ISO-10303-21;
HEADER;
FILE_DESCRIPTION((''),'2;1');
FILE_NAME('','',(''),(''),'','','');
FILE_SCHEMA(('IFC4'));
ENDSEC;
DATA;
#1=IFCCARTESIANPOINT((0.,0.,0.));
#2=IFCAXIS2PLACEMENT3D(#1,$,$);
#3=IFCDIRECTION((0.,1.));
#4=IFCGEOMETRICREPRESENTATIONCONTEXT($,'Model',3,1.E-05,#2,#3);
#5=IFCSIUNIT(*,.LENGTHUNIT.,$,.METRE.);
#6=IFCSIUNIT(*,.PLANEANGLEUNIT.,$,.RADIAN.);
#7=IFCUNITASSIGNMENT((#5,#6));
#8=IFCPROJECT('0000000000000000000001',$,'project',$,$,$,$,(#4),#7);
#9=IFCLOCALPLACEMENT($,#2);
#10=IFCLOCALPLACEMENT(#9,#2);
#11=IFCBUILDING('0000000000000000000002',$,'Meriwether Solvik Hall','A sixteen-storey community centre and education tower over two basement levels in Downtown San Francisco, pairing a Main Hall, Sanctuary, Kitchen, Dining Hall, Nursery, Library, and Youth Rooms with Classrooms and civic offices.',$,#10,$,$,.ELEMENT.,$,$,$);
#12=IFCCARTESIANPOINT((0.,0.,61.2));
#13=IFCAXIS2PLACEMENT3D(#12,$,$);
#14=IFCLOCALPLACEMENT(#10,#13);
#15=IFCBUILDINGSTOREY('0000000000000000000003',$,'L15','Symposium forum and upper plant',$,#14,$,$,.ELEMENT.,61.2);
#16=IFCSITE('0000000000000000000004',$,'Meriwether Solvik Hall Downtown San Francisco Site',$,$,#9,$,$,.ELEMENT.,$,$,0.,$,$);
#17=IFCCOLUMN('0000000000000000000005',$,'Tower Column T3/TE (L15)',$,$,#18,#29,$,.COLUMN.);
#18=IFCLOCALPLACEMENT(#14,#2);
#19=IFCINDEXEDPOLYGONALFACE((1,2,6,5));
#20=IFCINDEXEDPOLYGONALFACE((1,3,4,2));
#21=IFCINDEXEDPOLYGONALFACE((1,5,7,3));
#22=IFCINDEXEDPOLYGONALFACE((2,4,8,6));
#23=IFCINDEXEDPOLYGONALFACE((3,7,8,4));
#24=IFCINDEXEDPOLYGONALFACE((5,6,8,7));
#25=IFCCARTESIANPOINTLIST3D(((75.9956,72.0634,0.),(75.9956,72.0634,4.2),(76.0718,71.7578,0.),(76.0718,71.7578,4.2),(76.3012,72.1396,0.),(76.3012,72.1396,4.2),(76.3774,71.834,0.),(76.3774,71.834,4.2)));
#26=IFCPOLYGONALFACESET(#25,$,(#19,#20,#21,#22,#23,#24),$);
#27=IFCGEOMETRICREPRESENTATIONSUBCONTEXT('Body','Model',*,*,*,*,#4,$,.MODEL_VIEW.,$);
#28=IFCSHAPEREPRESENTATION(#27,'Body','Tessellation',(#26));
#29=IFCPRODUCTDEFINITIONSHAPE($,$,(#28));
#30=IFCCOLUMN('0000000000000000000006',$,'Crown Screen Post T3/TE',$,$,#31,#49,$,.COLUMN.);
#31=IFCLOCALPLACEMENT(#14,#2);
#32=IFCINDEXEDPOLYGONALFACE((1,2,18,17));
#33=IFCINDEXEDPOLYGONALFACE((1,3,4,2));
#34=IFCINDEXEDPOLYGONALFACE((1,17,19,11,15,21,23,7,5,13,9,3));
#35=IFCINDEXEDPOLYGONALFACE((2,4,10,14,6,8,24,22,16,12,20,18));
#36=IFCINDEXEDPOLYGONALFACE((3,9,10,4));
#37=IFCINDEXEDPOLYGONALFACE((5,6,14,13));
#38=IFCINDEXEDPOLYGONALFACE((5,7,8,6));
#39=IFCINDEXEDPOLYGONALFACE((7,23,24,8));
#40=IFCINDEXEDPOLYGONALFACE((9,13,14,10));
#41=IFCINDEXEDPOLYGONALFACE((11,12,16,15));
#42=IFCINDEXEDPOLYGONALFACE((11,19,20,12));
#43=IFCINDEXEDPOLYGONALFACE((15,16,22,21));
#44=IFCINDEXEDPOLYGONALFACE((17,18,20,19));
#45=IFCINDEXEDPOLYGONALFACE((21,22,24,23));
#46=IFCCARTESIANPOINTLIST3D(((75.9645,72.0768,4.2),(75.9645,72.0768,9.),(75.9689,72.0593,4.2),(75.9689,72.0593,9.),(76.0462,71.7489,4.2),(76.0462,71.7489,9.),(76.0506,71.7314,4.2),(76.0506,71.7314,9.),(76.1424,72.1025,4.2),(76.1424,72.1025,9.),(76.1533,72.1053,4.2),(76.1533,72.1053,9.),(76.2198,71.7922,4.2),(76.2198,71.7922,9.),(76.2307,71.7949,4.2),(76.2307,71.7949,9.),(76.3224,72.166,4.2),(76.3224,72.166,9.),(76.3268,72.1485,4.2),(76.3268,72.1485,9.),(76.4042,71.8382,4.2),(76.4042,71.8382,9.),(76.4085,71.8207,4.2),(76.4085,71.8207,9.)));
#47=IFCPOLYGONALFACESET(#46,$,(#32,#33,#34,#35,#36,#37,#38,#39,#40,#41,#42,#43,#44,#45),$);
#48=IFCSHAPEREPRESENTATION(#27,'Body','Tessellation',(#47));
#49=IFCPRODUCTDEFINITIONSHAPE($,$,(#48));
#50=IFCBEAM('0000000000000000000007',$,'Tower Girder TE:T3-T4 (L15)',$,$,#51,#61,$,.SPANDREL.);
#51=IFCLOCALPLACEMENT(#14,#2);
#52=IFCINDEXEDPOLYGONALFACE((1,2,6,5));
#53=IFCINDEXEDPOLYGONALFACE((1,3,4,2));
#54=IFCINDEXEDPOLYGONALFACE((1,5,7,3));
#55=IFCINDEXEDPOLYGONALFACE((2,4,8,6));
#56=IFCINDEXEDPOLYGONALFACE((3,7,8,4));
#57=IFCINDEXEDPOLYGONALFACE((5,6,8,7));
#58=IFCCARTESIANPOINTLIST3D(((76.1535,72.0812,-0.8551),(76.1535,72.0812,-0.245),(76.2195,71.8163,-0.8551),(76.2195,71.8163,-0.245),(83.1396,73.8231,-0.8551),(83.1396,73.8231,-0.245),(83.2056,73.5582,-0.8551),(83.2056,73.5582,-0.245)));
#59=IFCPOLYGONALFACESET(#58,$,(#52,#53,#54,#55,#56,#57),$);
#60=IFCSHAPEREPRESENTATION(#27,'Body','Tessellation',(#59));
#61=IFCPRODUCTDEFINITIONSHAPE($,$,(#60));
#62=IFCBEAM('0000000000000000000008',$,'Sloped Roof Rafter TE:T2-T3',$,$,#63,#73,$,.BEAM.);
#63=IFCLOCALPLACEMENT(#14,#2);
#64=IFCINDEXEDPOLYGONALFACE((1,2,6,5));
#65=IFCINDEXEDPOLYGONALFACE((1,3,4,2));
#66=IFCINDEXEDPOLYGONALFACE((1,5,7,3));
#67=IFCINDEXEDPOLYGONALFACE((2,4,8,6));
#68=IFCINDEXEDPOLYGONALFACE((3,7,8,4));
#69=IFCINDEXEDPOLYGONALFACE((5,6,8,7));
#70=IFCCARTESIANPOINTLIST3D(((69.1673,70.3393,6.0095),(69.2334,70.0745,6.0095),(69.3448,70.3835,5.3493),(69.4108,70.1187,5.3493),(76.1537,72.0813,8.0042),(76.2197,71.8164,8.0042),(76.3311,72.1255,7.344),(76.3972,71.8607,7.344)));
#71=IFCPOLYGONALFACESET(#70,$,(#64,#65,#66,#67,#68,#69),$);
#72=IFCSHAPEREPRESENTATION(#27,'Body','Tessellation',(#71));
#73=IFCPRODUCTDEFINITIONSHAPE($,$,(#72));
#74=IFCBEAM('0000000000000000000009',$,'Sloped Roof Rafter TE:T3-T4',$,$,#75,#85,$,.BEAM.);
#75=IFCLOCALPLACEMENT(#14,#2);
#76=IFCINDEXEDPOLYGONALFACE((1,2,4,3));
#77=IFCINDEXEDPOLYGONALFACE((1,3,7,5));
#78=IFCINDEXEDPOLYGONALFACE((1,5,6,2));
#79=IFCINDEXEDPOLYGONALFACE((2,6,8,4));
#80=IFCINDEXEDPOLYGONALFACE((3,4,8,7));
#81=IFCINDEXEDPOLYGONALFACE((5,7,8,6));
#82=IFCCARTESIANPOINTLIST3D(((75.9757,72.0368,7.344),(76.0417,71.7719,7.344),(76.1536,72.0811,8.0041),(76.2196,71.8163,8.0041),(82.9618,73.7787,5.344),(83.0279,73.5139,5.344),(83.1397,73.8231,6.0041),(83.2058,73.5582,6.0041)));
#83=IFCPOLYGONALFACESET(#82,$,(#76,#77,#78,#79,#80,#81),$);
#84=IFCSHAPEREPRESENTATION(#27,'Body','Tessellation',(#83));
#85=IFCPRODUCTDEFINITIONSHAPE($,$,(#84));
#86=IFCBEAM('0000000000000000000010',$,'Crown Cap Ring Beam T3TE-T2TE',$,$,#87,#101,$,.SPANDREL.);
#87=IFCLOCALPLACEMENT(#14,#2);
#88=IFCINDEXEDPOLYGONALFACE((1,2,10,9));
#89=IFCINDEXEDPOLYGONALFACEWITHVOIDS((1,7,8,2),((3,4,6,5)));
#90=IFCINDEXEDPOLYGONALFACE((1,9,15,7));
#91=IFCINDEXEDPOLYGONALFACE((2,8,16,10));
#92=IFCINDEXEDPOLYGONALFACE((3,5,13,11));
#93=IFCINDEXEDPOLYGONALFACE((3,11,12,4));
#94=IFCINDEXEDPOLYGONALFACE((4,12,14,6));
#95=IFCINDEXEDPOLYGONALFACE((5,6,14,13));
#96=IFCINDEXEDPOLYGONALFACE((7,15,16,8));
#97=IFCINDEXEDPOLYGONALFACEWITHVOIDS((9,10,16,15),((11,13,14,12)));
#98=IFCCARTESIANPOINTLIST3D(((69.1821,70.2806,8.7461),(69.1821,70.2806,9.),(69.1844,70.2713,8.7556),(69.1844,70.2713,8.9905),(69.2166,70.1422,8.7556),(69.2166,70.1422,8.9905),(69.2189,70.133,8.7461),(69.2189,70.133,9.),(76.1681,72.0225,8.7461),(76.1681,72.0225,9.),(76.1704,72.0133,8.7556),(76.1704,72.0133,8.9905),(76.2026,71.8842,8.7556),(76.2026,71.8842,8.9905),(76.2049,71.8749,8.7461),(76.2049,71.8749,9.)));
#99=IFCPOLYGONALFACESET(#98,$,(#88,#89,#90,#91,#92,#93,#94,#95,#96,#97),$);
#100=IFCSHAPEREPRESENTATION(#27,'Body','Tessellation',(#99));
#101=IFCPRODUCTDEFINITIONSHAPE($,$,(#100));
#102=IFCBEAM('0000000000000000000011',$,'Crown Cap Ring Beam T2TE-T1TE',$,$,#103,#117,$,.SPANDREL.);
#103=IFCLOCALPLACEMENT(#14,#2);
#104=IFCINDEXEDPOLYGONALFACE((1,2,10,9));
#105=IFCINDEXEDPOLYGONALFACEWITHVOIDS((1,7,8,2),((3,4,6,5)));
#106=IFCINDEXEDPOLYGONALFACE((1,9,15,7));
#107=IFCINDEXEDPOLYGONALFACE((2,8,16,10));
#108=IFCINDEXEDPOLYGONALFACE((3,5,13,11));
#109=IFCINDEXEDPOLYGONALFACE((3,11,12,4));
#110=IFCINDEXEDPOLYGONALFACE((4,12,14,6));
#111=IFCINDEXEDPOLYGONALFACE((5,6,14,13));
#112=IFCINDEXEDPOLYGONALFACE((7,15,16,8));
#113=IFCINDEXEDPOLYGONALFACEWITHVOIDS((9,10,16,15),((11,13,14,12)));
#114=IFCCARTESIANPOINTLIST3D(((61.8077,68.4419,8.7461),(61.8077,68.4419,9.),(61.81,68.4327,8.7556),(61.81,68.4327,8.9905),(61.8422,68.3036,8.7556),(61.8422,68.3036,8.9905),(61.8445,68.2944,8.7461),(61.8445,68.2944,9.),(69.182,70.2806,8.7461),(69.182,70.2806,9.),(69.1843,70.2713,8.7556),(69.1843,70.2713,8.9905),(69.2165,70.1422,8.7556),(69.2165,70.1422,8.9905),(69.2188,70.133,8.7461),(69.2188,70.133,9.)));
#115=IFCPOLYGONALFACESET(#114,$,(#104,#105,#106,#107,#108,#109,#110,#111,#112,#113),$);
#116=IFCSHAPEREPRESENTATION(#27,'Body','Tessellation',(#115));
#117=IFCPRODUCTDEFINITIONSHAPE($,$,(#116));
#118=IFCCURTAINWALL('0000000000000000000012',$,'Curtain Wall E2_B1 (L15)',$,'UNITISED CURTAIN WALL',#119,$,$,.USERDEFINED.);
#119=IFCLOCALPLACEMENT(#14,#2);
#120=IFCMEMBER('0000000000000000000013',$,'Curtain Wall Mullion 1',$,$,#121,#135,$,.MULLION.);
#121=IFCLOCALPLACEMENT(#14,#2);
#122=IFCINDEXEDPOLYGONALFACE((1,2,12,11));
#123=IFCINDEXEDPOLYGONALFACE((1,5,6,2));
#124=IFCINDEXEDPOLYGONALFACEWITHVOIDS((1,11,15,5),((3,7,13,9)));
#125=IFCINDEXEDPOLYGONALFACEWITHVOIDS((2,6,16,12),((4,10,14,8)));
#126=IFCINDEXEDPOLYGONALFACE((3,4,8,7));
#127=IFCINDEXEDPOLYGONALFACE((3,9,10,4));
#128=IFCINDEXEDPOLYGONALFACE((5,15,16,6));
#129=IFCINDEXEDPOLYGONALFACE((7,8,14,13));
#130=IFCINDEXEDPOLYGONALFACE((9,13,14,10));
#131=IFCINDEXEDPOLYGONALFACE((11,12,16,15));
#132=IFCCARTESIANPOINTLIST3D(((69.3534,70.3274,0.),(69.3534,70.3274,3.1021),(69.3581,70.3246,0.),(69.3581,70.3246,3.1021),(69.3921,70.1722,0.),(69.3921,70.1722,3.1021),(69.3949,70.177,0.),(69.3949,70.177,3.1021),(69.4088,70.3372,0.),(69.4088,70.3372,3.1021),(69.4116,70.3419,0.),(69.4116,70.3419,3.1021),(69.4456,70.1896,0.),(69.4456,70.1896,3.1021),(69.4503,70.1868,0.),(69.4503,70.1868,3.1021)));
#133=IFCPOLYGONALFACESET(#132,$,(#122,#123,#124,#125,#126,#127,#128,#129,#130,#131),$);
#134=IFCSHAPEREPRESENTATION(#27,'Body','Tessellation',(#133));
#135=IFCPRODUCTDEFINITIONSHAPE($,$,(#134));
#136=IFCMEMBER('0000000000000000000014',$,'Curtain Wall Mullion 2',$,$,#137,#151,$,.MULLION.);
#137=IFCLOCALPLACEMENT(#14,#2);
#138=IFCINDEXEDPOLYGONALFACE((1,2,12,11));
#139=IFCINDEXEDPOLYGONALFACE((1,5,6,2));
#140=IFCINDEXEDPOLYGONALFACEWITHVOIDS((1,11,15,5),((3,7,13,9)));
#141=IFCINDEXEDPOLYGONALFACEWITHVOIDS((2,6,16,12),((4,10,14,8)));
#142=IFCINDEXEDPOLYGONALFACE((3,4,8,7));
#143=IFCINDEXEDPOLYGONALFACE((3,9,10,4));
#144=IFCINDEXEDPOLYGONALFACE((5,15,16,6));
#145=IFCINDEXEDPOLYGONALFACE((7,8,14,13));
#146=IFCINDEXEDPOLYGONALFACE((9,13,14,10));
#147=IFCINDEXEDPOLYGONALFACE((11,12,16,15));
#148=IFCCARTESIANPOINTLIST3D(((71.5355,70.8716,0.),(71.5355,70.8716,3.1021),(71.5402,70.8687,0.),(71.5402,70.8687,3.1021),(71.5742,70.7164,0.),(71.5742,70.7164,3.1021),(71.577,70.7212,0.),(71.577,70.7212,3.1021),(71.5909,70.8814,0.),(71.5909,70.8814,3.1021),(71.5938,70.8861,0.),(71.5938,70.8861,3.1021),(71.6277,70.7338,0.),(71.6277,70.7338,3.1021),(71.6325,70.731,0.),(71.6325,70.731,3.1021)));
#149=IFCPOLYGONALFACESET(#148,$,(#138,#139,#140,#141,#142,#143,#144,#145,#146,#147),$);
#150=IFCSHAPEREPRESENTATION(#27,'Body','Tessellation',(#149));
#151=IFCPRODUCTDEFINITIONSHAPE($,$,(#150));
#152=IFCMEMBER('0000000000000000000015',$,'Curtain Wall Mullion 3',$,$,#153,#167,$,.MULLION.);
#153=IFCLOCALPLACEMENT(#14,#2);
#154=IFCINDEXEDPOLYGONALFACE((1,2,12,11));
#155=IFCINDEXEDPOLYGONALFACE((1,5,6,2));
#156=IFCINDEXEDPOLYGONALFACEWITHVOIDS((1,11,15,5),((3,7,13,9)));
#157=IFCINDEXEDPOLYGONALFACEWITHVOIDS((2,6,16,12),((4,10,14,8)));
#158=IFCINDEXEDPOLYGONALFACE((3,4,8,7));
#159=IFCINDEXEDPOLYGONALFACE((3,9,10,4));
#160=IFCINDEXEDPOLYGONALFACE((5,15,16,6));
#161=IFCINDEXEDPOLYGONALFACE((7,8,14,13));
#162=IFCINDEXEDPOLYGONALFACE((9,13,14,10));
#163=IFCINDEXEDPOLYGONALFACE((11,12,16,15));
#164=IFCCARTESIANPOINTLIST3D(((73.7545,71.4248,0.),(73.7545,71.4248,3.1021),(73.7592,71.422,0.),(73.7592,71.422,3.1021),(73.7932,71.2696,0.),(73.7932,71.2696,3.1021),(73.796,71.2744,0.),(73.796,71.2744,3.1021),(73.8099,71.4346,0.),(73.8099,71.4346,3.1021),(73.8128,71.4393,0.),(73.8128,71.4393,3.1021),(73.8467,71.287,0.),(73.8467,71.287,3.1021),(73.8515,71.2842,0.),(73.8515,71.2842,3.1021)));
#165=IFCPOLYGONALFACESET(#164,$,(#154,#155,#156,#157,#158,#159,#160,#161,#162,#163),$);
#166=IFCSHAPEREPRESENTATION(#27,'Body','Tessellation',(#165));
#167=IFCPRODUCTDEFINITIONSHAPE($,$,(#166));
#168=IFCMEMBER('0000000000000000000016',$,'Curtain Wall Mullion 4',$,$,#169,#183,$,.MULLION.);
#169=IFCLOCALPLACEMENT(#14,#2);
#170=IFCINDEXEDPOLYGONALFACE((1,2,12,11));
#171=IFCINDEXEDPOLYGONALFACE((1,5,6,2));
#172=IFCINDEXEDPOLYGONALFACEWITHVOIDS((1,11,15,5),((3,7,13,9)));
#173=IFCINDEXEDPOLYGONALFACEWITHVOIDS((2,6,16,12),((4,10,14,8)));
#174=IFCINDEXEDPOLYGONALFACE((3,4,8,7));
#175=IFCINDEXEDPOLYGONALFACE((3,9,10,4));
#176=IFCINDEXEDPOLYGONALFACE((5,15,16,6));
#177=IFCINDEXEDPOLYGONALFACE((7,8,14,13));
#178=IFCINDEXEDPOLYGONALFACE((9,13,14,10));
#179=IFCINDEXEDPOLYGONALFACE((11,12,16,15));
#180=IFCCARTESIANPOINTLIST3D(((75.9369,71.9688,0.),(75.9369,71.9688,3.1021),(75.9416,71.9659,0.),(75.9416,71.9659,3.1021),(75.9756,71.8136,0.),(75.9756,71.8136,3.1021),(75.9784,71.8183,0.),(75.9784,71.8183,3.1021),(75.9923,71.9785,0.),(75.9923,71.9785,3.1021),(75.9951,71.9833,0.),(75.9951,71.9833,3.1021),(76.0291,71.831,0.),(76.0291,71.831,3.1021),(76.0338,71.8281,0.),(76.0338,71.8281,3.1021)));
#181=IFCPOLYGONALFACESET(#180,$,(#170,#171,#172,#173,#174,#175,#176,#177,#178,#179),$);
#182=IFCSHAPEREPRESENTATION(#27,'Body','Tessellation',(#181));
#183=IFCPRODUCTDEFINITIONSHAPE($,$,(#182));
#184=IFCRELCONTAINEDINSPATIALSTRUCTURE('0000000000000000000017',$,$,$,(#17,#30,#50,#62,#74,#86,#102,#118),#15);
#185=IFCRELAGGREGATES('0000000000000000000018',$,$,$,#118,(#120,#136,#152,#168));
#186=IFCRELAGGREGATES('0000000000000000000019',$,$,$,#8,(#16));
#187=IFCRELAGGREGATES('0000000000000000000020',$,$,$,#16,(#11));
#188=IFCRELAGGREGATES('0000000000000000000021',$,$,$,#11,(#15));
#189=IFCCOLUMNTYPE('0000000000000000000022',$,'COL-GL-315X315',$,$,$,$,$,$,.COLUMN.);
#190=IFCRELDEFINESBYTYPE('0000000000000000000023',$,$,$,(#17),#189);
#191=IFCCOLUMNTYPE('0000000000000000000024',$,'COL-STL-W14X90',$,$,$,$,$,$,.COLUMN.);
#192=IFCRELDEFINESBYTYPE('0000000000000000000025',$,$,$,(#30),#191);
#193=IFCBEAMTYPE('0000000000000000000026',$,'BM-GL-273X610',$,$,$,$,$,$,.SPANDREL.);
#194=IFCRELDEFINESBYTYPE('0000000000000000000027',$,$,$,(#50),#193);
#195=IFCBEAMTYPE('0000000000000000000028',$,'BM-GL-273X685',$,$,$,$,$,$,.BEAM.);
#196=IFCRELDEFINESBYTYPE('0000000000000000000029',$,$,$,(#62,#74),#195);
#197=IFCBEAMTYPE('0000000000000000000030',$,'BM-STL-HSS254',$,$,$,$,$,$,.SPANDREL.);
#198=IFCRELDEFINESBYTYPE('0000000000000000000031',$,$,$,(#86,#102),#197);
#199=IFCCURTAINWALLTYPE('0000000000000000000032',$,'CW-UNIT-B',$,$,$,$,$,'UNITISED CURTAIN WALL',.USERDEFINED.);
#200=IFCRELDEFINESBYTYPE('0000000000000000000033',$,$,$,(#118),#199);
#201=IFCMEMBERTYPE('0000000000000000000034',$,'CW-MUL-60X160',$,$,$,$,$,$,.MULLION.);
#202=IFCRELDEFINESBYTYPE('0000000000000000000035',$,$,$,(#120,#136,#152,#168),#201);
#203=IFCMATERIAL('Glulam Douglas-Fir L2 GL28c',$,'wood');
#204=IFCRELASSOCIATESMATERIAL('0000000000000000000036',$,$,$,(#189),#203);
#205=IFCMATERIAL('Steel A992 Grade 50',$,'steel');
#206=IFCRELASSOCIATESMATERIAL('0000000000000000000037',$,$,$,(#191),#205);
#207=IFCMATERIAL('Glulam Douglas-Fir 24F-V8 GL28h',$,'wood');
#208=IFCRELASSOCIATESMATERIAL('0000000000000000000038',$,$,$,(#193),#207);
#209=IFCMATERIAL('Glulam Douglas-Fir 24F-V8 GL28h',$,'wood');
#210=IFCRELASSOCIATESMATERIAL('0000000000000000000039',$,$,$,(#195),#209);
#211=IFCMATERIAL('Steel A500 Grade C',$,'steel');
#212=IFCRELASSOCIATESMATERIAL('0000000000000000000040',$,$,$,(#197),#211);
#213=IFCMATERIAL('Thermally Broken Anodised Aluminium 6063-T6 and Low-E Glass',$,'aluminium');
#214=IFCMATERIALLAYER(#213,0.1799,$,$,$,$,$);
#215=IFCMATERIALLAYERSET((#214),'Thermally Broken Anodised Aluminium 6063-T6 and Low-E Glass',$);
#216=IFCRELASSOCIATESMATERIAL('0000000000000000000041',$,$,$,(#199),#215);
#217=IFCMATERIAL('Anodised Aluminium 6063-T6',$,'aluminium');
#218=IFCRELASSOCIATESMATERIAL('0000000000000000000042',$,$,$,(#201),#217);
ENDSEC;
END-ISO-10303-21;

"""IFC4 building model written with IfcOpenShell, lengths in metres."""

from ifc_helpers import new_model, si_unit, direction, frame, origin, origin_2d, place, context, subcontext, project, spatial, rectangle, hollow_rectangle, i_section, extrude, material, layer, layer_set, material_profile, profile_set, type_object, element, aggregate, save


model = new_model("IFC4")

# Units and contexts
model_context = context("Model", 3, precision=1e-05, world=origin(), true_north=direction((0.0, 1.0)))
body_context = subcontext(model_context, "Body", "Model", "MODEL_VIEW")
ifc_project = project(units=[si_unit("LENGTHUNIT", "METRE"), si_unit("PLANEANGLEUNIT", "RADIAN")], contexts=[model_context])

# Site, building, storey
site_placement = place(None, origin())
site = spatial("IfcSite", under=ifc_project, at=site_placement, Name="Meriwether Solvik Hall Downtown San Francisco Site", CompositionType="ELEMENT", RefElevation=0.0)
building_placement = place(site_placement, origin())
building = spatial("IfcBuilding", under=site, at=building_placement, Name="Meriwether Solvik Hall", Description="A sixteen-storey community centre and education tower over two basement levels in Downtown San Francisco, pairing a Main Hall, Sanctuary, Kitchen, Dining Hall, Nursery, Library, and Youth Rooms with Classrooms and civic offices.", CompositionType="ELEMENT")
storey_placement = place(building_placement, frame((0.0, 0.0, 61.2)))
storey = spatial("IfcBuildingStorey", under=building, at=storey_placement, Name="L15", Description="Symposium forum and upper plant", CompositionType="ELEMENT", Elevation=61.2)

# Columns
ifc_material_1 = material(Name="Glulam Douglas-Fir L2 GL28c", Category="wood")
ifc_material_profile_1 = material_profile(ifc_material_1, rectangle(XDim=0.3149, YDim=0.3149, at=origin_2d()), Name="GLC-315X315")
ifc_profile_set_1 = profile_set([ifc_material_profile_1], Name="Glulam Douglas-Fir L2 GL28c")
column_type_1 = type_object("IfcColumnType", Name="COL-GL-315X315", PredefinedType="COLUMN", material=ifc_profile_set_1)
column_1_placement = place(storey_placement, frame((76.1865, 71.9487, 0.0), z_axis=(0.0, 0.0, 1.0), x_axis=(0.970296, 0.241922, 0.0)))
element("IfcColumn", 1, at=column_1_placement, inside=storey, type_object=column_type_1, Name="Tower Column T3/TE (L15)", PredefinedType="COLUMN", context=body_context, shape_type="SweptSolid", body=[
    extrude(rectangle(XDim=0.3149, YDim=0.3149, at=origin_2d()), origin(), (0.0, 0.0, 1.0), 4.2),
])
ifc_material_2 = material(Name="Steel A992 Grade 50", Category="steel")
ifc_material_profile_2 = material_profile(ifc_material_2, i_section(OverallWidth=0.3689, OverallDepth=0.356, WebThickness=0.0112, FlangeThickness=0.0181, at=origin_2d()), Name="W14X90")
ifc_profile_set_2 = profile_set([ifc_material_profile_2], Name="Steel A992 Grade 50")
column_type_2 = type_object("IfcColumnType", Name="COL-STL-W14X90", PredefinedType="COLUMN", material=ifc_profile_set_2)
column_2_placement = place(storey_placement, frame((76.1865, 71.9487, 4.2), z_axis=(0.0, 0.0, 1.0), x_axis=(0.970296, 0.241922, 0.0)))
element("IfcColumn", 2, at=column_2_placement, inside=storey, type_object=column_type_2, Name="Crown Screen Post T3/TE", PredefinedType="COLUMN", context=body_context, shape_type="SweptSolid", body=[
    extrude(i_section(OverallWidth=0.3689, OverallDepth=0.356, WebThickness=0.0112, FlangeThickness=0.0181, at=origin_2d()), origin(), (0.0, 0.0, 1.0), 4.8),
])

# Beams
ifc_material_3 = material(Name="Glulam Douglas-Fir 24F-V8 GL28h", Category="wood")
ifc_material_profile_3 = material_profile(ifc_material_3, rectangle(XDim=0.2729, YDim=0.6101, at=origin_2d()), Name="GLB-273X610")
ifc_profile_set_3 = profile_set([ifc_material_profile_3], Name="Glulam Douglas-Fir 24F-V8 GL28h")
beam_type_1 = type_object("IfcBeamType", Name="BM-GL-273X610", PredefinedType="SPANDREL", material=ifc_profile_set_3)
beam_1_placement = place(storey_placement, frame((76.1865, 71.9487, -0.55), z_axis=(0.970292, 0.241937, 0.0), x_axis=(-0.241937, 0.970292, 0.0)))
element("IfcBeam", 3, at=beam_1_placement, inside=storey, type_object=beam_type_1, Name="Tower Girder TE:T3-T4 (L15)", PredefinedType="SPANDREL", context=body_context, shape_type="SweptSolid", body=[
    extrude(rectangle(XDim=0.2729, YDim=0.6101, at=origin_2d()), origin(), (0.0, 0.0, 1.0), 7.2),
])
ifc_material_4 = material(Name="Glulam Douglas-Fir 24F-V8 GL28h", Category="wood")
ifc_material_profile_4 = material_profile(ifc_material_4, rectangle(XDim=0.2729, YDim=0.6851, at=origin_2d()), Name="GLB-273X685")
ifc_profile_set_4 = profile_set([ifc_material_profile_4], Name="Glulam Douglas-Fir 24F-V8 GL28h")
beam_type_2 = type_object("IfcBeamType", Name="BM-GL-273X685", PredefinedType="BEAM", material=ifc_profile_set_4)
beam_2_placement = place(storey_placement, frame((69.2891, 70.229, 5.6794), z_axis=(0.935077, 0.233148, 0.266969), x_axis=(-0.241929, 0.970294, 0.0)))
element("IfcBeam", 4, at=beam_2_placement, inside=storey, type_object=beam_type_2, Name="Sloped Roof Rafter TE:T2-T3", PredefinedType="BEAM", context=body_context, shape_type="SweptSolid", body=[
    extrude(rectangle(XDim=0.2729, YDim=0.6851, at=origin_2d()), origin(), (0.0, 0.0, 1.0), 7.4714),
])
beam_3_placement = place(storey_placement, frame((76.0977, 71.9265, 7.6741), z_axis=(0.934893, 0.233111, -0.267644), x_axis=(-0.241937, 0.970292, 0.0)))
element("IfcBeam", 5, at=beam_3_placement, inside=storey, type_object=beam_type_2, Name="Sloped Roof Rafter TE:T3-T4", PredefinedType="BEAM", context=body_context, shape_type="SweptSolid", body=[
    extrude(rectangle(XDim=0.2729, YDim=0.6851, at=origin_2d()), origin(), (0.0, 0.0, 1.0), 7.4727),
])
ifc_material_5 = material(Name="Steel A500 Grade C", Category="steel")
ifc_material_profile_5 = material_profile(ifc_material_5, hollow_rectangle(XDim=0.1521, YDim=0.2539, WallThickness=0.0095, at=origin_2d()), Name="HSS254X152X9.5")
ifc_profile_set_5 = profile_set([ifc_material_profile_5], Name="Steel A500 Grade C")
beam_type_3 = type_object("IfcBeamType", Name="BM-STL-HSS254", PredefinedType="SPANDREL", material=ifc_profile_set_5)
beam_4_placement = place(storey_placement, frame((76.1865, 71.9487, 8.873), z_axis=(-0.970292, -0.241937, 0.0), x_axis=(0.241937, -0.970292, 0.0)))
element("IfcBeam", 6, at=beam_4_placement, inside=storey, type_object=beam_type_3, Name="Crown Cap Ring Beam T3TE-T2TE", PredefinedType="SPANDREL", context=body_context, shape_type="SweptSolid", body=[
    extrude(hollow_rectangle(XDim=0.1521, YDim=0.2539, WallThickness=0.0095, at=origin_2d()), origin(), (0.0, 0.0, 1.0), 7.2),
])
beam_5_placement = place(storey_placement, frame((69.2004, 70.2068, 8.873), z_axis=(-0.970295, -0.241923, 0.0), x_axis=(0.241923, -0.970295, 0.0)))
element("IfcBeam", 7, at=beam_5_placement, inside=storey, type_object=beam_type_3, Name="Crown Cap Ring Beam T2TE-T1TE", PredefinedType="SPANDREL", context=body_context, shape_type="SweptSolid", body=[
    extrude(hollow_rectangle(XDim=0.1521, YDim=0.2539, WallThickness=0.0095, at=origin_2d()), origin(), (0.0, 0.0, 1.0), 7.6001),
])

# Curtain wall, members
ifc_material_6 = material(Name="Thermally Broken Anodised Aluminium 6063-T6 and Low-E Glass", Category="aluminium")
ifc_layer_1 = layer(ifc_material_6, 0.1799)
ifc_layer_set_1 = layer_set([ifc_layer_1], Name="Thermally Broken Anodised Aluminium 6063-T6 and Low-E Glass")
curtain_wall_type_1 = type_object("IfcCurtainWallType", Name="CW-UNIT-B", ElementType="UNITISED CURTAIN WALL", PredefinedType="USERDEFINED", material=ifc_layer_set_1)
curtain_wall_1_placement = place(storey_placement, origin())
curtain_wall_1 = element("IfcCurtainWall", 8, at=curtain_wall_1_placement, inside=storey, type_object=curtain_wall_type_1, Name="Curtain Wall E2_B1 (L15)", ObjectType="UNITISED CURTAIN WALL", PredefinedType="USERDEFINED")
ifc_material_7 = material(Name="Anodised Aluminium 6063-T6", Category="aluminium")
ifc_material_profile_6 = material_profile(ifc_material_7, hollow_rectangle(XDim=0.0601, YDim=0.1599, WallThickness=0.0039, at=origin_2d()), Name="CWM-60X160")
ifc_profile_set_6 = profile_set([ifc_material_profile_6], Name="Anodised Aluminium 6063-T6")
member_type_1 = type_object("IfcMemberType", Name="CW-MUL-60X160", PredefinedType="MULLION", material=ifc_profile_set_6)
member_1_placement = place(storey_placement, frame((69.4019, 70.2571, 0.0), z_axis=(0.0, 0.0, 1.0), x_axis=(0.970296, 0.241922, 0.0)))
member_1 = element("IfcMember", 9, at=member_1_placement, type_object=member_type_1, Name="Curtain Wall Mullion 1", PredefinedType="MULLION", context=body_context, shape_type="SweptSolid", body=[
    extrude(hollow_rectangle(XDim=0.0601, YDim=0.1599, WallThickness=0.0039, at=origin_2d()), origin(), (0.0, 0.0, 1.0), 3.1021),
])
member_2_placement = place(storey_placement, frame((71.584, 70.8013, 0.0), z_axis=(0.0, 0.0, 1.0), x_axis=(0.970296, 0.241922, 0.0)))
member_2 = element("IfcMember", 10, at=member_2_placement, type_object=member_type_1, Name="Curtain Wall Mullion 2", PredefinedType="MULLION", context=body_context, shape_type="SweptSolid", body=[
    extrude(hollow_rectangle(XDim=0.0601, YDim=0.1599, WallThickness=0.0039, at=origin_2d()), origin(), (0.0, 0.0, 1.0), 3.1021),
])
member_3_placement = place(storey_placement, frame((73.803, 71.3545, 0.0), z_axis=(0.0, 0.0, 1.0), x_axis=(0.970296, 0.241922, 0.0)))
member_3 = element("IfcMember", 11, at=member_3_placement, type_object=member_type_1, Name="Curtain Wall Mullion 3", PredefinedType="MULLION", context=body_context, shape_type="SweptSolid", body=[
    extrude(hollow_rectangle(XDim=0.0601, YDim=0.1599, WallThickness=0.0039, at=origin_2d()), origin(), (0.0, 0.0, 1.0), 3.1021),
])
member_4_placement = place(storey_placement, frame((75.9854, 71.8984, 0.0), z_axis=(0.0, 0.0, 1.0), x_axis=(0.970296, 0.241922, 0.0)))
member_4 = element("IfcMember", 12, at=member_4_placement, type_object=member_type_1, Name="Curtain Wall Mullion 4", PredefinedType="MULLION", context=body_context, shape_type="SweptSolid", body=[
    extrude(hollow_rectangle(XDim=0.0601, YDim=0.1599, WallThickness=0.0039, at=origin_2d()), origin(), (0.0, 0.0, 1.0), 3.1021),
])

aggregate(curtain_wall_1, [member_1, member_2, member_3, member_4])

save(model, "model.ifc")
